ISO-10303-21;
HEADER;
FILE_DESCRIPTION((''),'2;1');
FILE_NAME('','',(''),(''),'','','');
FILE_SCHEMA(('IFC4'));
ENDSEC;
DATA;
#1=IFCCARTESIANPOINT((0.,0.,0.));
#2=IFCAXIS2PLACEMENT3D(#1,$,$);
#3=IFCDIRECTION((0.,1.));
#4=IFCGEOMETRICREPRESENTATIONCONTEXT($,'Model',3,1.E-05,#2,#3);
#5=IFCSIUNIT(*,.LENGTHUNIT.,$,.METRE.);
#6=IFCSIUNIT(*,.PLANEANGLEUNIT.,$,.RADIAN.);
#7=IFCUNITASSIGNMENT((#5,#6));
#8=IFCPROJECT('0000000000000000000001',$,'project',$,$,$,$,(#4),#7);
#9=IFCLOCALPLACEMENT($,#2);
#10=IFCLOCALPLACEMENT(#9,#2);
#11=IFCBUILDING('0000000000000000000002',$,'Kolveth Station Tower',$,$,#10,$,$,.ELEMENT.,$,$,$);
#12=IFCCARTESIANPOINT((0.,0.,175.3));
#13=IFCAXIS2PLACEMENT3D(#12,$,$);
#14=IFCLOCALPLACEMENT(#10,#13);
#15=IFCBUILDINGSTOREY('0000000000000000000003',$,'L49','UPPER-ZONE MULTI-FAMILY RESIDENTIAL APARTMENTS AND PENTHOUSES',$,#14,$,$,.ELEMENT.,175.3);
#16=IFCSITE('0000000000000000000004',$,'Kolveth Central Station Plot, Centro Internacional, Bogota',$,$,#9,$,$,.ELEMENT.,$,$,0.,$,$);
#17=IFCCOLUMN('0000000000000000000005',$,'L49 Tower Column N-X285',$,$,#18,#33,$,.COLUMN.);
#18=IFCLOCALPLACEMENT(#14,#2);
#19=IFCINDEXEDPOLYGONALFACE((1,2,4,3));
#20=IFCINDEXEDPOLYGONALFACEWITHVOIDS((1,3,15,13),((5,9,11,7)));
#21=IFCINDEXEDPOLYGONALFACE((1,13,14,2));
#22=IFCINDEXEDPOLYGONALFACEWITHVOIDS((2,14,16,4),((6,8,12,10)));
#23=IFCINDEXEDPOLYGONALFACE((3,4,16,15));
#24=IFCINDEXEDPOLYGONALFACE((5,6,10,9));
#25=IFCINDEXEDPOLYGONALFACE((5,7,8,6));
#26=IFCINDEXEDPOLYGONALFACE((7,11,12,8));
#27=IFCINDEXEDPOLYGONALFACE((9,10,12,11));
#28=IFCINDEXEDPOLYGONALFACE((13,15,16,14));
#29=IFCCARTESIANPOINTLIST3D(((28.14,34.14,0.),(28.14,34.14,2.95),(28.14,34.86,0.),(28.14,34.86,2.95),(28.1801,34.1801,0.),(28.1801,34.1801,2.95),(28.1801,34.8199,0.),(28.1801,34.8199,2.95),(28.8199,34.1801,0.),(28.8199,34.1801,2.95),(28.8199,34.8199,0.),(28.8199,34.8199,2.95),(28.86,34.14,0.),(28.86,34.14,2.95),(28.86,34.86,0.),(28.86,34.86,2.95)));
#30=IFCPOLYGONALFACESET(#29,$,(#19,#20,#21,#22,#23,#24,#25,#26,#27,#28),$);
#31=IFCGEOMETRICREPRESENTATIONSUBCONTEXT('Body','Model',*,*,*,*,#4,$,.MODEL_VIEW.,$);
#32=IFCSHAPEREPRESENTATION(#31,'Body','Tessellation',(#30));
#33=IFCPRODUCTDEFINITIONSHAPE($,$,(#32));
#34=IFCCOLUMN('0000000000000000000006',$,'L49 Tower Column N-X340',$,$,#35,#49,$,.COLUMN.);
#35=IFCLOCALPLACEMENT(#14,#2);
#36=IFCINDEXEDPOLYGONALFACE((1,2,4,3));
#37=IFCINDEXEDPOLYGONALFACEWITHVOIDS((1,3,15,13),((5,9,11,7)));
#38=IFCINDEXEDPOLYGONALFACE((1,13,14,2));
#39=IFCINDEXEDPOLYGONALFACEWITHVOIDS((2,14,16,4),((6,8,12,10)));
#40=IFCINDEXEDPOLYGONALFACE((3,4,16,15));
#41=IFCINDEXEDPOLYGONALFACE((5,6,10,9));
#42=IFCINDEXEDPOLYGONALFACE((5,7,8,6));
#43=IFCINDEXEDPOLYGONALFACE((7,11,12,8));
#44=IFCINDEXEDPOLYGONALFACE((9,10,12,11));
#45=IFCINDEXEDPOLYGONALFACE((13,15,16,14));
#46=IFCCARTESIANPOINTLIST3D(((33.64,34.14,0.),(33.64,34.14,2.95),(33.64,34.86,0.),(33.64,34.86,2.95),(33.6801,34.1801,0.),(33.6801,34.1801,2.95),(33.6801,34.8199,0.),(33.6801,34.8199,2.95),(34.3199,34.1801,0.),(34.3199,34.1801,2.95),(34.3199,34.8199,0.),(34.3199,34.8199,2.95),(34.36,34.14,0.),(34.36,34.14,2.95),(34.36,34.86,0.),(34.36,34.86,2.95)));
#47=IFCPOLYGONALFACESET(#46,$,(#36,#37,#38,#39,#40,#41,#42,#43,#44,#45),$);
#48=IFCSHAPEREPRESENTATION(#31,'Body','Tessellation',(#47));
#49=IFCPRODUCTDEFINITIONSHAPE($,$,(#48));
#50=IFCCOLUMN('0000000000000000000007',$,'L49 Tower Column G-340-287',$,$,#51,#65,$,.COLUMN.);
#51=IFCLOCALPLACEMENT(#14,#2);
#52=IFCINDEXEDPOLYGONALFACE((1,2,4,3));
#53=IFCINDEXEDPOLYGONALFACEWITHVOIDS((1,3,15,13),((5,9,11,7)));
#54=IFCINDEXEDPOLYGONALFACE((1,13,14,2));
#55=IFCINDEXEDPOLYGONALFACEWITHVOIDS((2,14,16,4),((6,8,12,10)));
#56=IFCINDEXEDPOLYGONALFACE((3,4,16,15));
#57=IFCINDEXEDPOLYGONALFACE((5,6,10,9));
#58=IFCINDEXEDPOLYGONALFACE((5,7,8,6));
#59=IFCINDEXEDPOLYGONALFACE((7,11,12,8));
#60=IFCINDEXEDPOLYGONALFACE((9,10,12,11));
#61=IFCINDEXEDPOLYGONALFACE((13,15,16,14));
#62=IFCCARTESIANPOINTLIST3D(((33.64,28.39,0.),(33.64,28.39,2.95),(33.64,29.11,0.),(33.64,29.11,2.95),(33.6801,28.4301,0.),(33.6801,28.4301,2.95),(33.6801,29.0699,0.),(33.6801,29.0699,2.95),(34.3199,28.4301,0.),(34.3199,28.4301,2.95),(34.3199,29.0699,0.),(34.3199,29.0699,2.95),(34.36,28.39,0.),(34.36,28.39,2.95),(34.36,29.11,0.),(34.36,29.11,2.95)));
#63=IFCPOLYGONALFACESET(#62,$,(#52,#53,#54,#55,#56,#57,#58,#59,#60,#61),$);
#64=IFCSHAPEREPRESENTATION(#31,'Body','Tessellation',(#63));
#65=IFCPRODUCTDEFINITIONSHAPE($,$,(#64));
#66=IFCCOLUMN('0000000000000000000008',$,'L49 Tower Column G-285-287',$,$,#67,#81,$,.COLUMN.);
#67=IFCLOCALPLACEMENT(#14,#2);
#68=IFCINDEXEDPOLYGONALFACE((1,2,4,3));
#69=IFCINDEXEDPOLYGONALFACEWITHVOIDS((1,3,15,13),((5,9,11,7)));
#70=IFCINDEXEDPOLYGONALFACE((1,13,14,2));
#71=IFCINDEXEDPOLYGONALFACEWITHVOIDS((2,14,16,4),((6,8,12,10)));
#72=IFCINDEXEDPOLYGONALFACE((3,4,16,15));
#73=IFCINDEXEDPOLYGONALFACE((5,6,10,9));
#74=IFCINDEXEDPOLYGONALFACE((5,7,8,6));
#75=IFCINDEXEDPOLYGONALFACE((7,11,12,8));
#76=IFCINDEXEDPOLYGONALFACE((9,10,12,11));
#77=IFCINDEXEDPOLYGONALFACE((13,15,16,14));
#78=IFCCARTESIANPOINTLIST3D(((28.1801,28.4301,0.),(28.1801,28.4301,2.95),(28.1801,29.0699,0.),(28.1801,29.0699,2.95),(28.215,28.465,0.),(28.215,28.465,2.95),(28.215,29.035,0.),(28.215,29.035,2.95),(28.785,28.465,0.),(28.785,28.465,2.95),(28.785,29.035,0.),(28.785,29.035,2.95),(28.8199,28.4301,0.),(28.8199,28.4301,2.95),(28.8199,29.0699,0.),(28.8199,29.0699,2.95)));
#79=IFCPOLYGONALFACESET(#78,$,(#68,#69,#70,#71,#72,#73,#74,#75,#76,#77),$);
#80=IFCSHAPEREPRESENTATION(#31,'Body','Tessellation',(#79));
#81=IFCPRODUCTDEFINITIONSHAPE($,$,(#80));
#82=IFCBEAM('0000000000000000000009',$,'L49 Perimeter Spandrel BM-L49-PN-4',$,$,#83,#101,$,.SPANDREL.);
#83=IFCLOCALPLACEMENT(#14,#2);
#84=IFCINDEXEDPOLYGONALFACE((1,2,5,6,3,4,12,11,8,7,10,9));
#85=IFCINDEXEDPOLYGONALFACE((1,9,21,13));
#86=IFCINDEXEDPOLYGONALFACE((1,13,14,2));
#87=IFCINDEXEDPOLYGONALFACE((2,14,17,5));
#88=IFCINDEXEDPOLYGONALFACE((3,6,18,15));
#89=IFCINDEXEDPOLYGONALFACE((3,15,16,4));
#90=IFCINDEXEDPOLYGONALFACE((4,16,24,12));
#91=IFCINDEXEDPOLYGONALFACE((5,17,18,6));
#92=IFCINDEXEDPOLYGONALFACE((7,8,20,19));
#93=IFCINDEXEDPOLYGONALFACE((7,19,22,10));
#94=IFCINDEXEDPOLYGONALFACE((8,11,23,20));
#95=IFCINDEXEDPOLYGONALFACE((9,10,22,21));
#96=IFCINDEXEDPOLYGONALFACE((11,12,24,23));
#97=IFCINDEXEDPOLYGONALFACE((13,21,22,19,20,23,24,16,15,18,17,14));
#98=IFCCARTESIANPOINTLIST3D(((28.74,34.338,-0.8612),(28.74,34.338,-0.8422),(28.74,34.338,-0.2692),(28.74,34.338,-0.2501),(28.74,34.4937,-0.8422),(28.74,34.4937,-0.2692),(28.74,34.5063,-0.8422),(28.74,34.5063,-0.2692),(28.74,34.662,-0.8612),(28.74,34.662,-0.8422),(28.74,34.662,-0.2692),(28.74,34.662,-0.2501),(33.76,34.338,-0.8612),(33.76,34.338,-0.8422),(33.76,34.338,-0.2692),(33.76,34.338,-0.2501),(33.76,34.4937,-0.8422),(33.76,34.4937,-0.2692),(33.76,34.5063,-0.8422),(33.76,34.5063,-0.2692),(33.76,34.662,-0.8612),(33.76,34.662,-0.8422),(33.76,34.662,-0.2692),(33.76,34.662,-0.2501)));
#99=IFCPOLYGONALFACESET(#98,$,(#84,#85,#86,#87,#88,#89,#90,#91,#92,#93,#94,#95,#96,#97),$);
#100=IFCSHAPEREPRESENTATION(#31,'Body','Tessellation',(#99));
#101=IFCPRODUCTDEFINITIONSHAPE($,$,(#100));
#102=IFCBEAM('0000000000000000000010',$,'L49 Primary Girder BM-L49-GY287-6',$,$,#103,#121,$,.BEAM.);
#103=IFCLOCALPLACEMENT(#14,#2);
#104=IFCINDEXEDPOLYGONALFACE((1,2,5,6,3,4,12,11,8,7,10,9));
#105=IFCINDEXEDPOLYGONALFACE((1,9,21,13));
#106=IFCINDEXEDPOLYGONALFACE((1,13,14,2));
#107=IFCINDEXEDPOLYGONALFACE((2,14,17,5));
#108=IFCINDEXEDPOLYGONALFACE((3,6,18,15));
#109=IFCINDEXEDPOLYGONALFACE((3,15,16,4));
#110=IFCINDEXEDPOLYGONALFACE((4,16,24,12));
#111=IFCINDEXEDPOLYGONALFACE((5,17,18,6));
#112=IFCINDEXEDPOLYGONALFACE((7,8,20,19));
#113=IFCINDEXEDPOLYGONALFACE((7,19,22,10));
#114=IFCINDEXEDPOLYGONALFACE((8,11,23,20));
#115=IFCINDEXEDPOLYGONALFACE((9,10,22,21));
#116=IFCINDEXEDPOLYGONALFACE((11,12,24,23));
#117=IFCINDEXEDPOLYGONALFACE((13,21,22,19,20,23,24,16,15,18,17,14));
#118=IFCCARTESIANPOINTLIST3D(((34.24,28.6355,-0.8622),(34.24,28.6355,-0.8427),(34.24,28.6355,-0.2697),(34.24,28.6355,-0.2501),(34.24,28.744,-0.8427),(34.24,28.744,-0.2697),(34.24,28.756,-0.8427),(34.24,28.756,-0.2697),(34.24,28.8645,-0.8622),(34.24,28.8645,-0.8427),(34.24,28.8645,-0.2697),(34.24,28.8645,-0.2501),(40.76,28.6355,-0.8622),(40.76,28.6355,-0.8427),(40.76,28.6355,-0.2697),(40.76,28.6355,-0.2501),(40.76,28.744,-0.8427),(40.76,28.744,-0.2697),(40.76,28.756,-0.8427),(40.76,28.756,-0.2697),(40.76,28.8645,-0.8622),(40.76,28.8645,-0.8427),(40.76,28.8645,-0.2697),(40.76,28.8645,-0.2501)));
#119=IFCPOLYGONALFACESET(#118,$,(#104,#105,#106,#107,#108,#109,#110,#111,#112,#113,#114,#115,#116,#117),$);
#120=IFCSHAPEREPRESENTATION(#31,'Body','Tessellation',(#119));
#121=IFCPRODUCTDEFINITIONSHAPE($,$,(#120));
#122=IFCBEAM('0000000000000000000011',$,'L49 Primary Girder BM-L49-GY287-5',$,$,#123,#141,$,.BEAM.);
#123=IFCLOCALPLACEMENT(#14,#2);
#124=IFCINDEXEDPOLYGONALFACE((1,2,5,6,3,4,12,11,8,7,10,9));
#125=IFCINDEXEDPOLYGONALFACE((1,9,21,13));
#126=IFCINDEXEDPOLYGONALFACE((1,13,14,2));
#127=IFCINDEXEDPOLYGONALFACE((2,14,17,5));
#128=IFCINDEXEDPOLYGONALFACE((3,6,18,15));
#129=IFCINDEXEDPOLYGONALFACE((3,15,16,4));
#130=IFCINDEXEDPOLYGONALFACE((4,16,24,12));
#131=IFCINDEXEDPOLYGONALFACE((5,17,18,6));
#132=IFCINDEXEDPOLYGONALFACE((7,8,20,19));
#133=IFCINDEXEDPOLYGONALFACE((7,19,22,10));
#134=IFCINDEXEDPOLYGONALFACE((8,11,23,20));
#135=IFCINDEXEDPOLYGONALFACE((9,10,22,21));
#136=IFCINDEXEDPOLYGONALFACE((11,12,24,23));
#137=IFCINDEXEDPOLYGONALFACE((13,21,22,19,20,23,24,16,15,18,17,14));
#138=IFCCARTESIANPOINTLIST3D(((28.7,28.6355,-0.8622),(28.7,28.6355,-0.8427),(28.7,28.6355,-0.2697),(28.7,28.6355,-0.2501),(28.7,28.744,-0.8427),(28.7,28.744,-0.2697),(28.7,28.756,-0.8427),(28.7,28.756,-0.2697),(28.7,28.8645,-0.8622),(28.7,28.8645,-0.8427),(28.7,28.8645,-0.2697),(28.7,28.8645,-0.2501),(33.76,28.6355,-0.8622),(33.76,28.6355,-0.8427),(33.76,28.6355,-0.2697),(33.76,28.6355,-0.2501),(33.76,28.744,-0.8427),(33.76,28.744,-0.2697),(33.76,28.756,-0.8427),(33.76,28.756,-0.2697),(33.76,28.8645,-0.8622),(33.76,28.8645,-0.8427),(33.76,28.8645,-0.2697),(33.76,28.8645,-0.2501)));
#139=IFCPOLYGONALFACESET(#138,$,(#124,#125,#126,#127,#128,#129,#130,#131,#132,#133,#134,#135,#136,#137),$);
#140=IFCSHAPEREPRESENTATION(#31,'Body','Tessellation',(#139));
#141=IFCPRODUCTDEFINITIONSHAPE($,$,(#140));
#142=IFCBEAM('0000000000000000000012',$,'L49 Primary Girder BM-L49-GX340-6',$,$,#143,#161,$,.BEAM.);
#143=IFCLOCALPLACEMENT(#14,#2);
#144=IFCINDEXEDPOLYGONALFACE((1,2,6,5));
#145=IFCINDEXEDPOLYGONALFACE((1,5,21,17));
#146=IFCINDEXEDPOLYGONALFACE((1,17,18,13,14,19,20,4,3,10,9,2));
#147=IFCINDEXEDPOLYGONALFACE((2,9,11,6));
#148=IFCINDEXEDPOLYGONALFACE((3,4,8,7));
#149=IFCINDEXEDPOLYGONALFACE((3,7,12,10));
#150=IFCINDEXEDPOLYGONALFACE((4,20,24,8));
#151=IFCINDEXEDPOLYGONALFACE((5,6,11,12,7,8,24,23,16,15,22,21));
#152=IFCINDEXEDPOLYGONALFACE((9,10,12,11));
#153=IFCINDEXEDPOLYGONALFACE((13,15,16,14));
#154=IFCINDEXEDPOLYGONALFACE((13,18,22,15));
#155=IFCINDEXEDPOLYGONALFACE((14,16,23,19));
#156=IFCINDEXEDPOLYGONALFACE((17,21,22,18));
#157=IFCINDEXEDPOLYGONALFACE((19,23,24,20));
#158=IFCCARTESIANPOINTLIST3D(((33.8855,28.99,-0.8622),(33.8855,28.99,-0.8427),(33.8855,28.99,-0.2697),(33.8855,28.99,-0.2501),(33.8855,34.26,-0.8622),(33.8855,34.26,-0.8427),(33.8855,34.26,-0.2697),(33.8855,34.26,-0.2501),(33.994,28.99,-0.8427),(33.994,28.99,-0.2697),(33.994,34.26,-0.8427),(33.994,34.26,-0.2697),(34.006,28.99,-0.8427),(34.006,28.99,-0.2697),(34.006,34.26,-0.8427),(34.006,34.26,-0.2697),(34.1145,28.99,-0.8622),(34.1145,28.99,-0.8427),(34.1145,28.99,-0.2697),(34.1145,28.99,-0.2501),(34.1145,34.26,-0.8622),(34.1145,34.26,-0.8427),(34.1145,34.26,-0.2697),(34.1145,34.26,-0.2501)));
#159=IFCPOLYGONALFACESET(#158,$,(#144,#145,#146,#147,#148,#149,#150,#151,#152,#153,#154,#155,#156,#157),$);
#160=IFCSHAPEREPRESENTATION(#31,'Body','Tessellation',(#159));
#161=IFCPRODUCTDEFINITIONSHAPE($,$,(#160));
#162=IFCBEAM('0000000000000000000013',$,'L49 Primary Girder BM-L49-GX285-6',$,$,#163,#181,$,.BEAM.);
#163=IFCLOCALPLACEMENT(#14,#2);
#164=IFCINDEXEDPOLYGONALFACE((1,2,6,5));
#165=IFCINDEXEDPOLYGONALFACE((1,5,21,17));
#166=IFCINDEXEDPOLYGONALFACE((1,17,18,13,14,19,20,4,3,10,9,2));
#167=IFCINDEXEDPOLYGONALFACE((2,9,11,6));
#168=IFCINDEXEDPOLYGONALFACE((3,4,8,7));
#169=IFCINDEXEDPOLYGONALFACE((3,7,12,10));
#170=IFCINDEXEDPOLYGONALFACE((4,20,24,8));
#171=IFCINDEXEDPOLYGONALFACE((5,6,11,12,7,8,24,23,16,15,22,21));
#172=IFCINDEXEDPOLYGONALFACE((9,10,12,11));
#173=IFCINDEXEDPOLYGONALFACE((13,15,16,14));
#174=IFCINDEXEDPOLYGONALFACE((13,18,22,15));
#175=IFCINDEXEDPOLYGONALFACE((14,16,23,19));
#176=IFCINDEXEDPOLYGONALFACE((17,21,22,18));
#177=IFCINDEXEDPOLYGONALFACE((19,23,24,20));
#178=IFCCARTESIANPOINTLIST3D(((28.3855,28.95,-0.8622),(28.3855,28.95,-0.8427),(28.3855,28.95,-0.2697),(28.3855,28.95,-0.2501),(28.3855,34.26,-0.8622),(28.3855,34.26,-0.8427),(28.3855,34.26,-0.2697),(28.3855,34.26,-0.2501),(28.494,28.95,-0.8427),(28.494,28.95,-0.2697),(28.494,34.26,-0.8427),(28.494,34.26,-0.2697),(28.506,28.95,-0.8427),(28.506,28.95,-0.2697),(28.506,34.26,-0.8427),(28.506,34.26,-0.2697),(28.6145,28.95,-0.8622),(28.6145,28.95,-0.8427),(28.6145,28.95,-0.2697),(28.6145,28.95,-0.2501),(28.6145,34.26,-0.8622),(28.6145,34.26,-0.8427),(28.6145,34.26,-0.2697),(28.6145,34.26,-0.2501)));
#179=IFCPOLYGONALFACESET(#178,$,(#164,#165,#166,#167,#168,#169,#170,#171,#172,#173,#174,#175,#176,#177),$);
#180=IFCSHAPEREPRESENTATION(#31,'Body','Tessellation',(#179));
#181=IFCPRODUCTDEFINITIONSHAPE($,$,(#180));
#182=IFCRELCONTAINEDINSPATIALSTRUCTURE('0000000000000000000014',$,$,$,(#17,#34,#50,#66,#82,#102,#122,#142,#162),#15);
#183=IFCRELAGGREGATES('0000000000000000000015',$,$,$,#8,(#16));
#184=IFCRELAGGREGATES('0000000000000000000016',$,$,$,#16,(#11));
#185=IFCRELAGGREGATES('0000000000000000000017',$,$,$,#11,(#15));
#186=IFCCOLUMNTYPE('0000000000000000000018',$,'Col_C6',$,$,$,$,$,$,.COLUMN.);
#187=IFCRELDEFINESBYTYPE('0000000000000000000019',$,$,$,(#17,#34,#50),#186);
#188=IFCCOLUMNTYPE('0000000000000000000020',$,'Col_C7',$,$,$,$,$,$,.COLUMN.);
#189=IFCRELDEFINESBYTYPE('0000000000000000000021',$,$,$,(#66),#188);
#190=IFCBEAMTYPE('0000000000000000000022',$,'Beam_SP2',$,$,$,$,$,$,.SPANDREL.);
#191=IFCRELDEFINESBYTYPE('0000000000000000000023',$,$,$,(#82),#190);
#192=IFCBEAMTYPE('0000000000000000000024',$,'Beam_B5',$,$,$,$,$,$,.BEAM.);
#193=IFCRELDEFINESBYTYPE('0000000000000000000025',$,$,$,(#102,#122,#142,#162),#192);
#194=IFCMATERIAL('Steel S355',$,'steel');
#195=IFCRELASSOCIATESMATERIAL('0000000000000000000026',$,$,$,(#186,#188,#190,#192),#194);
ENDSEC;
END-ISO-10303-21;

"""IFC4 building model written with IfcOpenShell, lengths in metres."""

from ifc_helpers import new_model, si_unit, direction, frame, origin, origin_2d, place, context, subcontext, project, spatial, hollow_rectangle, i_section, extrude, source, transform, mapped, material, material_profile, profile_set, type_object, element, save


model = new_model("IFC4")

# Units and contexts
model_context = context("Model", 3, precision=1e-05, world=origin(), true_north=direction((0.0, 1.0)))
body_context = subcontext(model_context, "Body", "Model", "MODEL_VIEW")
ifc_project = project(units=[si_unit("LENGTHUNIT", "METRE"), si_unit("PLANEANGLEUNIT", "RADIAN")], contexts=[model_context])

# Site, building, storey
site_placement = place(None, origin())
site = spatial("IfcSite", under=ifc_project, at=site_placement, Name="Kolveth Central Station Plot, Centro Internacional, Bogota", CompositionType="ELEMENT", RefElevation=0.0)
building_placement = place(site_placement, origin())
building = spatial("IfcBuilding", under=site, at=building_placement, Name="Kolveth Station Tower", CompositionType="ELEMENT")
storey_placement = place(building_placement, frame((0.0, 0.0, 175.3)))
storey = spatial("IfcBuildingStorey", under=building, at=storey_placement, Name="L49", Description="UPPER-ZONE MULTI-FAMILY RESIDENTIAL APARTMENTS AND PENTHOUSES", CompositionType="ELEMENT", Elevation=175.3)

# Columns
ifc_material_1 = material(Name="Steel S355", Category="steel")
ifc_material_profile_1 = material_profile(ifc_material_1, hollow_rectangle(XDim=0.72, YDim=0.72, WallThickness=0.04, at=origin_2d()), Name="BOX720x720x40")
ifc_profile_set_1 = profile_set([ifc_material_profile_1], Name="Steel S355")
column_type_1 = type_object("IfcColumnType", Name="Col_C6", PredefinedType="COLUMN", material=ifc_profile_set_1)
shared_shape_1 = source(origin(), body_context, "Body", "SweptSolid", [
    extrude(hollow_rectangle(XDim=0.72, YDim=0.72, WallThickness=0.04, at=origin_2d()), origin(), (0.0, 0.0, 1.0), 2.95),
])
for number, where, z_axis, x_axis, name in (
    (1, (28.5, 34.5, 0.0), (0.0, 0.0, 1.0), (1.0, 0.0, 0.0), "L49 Tower Column N-X285"),
    (2, (34.0, 34.5, 0.0), (0.0, 0.0, 1.0), (1.0, 0.0, 0.0), "L49 Tower Column N-X340"),
    (3, (34.0, 28.75, 0.0), (0.0, 0.0, 1.0), (1.0, 0.0, 0.0), "L49 Tower Column G-340-287"),
):
    element("IfcColumn", number, at=place(storey_placement, frame(where, z_axis=z_axis, x_axis=x_axis)), inside=storey, type_object=column_type_1, Name=name, PredefinedType="COLUMN", context=body_context, shape_type="MappedRepresentation", body=[
        mapped(shared_shape_1, transform((0.0, 0.0, 0.0), x_axis=(1.0, 0.0, 0.0), y_axis=(0.0, 1.0, 0.0), z_axis=(0.0, 0.0, 1.0), scale=1.0)),
    ])
ifc_material_profile_2 = material_profile(ifc_material_1, hollow_rectangle(XDim=0.6399, YDim=0.6399, WallThickness=0.0349, at=origin_2d()), Name="BOX640x640x35")
ifc_profile_set_2 = profile_set([ifc_material_profile_2], Name="Steel S355")
column_type_2 = type_object("IfcColumnType", Name="Col_C7", PredefinedType="COLUMN", material=ifc_profile_set_2)
shared_shape_2 = source(origin(), body_context, "Body", "SweptSolid", [
    extrude(hollow_rectangle(XDim=0.6399, YDim=0.6399, WallThickness=0.0349, at=origin_2d()), origin(), (0.0, 0.0, 1.0), 2.95),
])
column_placement = place(storey_placement, frame((28.5, 28.75, 0.0), z_axis=(0.0, 0.0, 1.0), x_axis=(1.0, 0.0, 0.0)))
element("IfcColumn", 4, at=column_placement, inside=storey, type_object=column_type_2, Name="L49 Tower Column G-285-287", PredefinedType="COLUMN", context=body_context, shape_type="MappedRepresentation", body=[
    mapped(shared_shape_2, transform((0.0, 0.0, 0.0), x_axis=(1.0, 0.0, 0.0), y_axis=(0.0, 1.0, 0.0), z_axis=(0.0, 0.0, 1.0), scale=1.0)),
])

# Beams
ifc_material_profile_3 = material_profile(ifc_material_1, i_section(OverallWidth=0.324, OverallDepth=0.6111, WebThickness=0.0127, FlangeThickness=0.019, at=origin_2d()), Name="W610x155")
ifc_profile_set_3 = profile_set([ifc_material_profile_3], Name="Steel S355")
beam_type_1 = type_object("IfcBeamType", Name="Beam_SP2", PredefinedType="SPANDREL", material=ifc_profile_set_3)
shared_shape_3 = source(origin(), body_context, "Body", "SweptSolid", [
    extrude(i_section(OverallWidth=0.324, OverallDepth=0.6111, WebThickness=0.0127, FlangeThickness=0.019, at=origin_2d()), origin(), (0.0, 0.0, 1.0), 5.02),
])
beam_1_placement = place(storey_placement, frame((28.74, 34.5, -0.5557), z_axis=(1.0, 0.0, 0.0), x_axis=(0.0, 1.0, 0.0)))
element("IfcBeam", 5, at=beam_1_placement, inside=storey, type_object=beam_type_1, Name="L49 Perimeter Spandrel BM-L49-PN-4", PredefinedType="SPANDREL", context=body_context, shape_type="MappedRepresentation", body=[
    mapped(shared_shape_3, transform((0.0, 0.0, 0.0), x_axis=(1.0, 0.0, 0.0), y_axis=(0.0, 1.0, 0.0), z_axis=(0.0, 0.0, 1.0), scale=1.0)),
])
ifc_material_profile_4 = material_profile(ifc_material_1, i_section(OverallWidth=0.229, OverallDepth=0.6121, WebThickness=0.012, FlangeThickness=0.0195, at=origin_2d()), Name="W610x125")
ifc_profile_set_4 = profile_set([ifc_material_profile_4], Name="Steel S355")
beam_type_2 = type_object("IfcBeamType", Name="Beam_B5", PredefinedType="BEAM", material=ifc_profile_set_4)
shared_shape_4 = source(origin(), body_context, "Body", "SweptSolid", [
    extrude(i_section(OverallWidth=0.229, OverallDepth=0.6121, WebThickness=0.012, FlangeThickness=0.0195, at=origin_2d()), origin(), (0.0, 0.0, 1.0), 6.52),
])
beam_2_placement = place(storey_placement, frame((34.24, 28.75, -0.5562), z_axis=(1.0, 0.0, 0.0), x_axis=(0.0, 1.0, 0.0)))
element("IfcBeam", 6, at=beam_2_placement, inside=storey, type_object=beam_type_2, Name="L49 Primary Girder BM-L49-GY287-6", PredefinedType="BEAM", context=body_context, shape_type="MappedRepresentation", body=[
    mapped(shared_shape_4, transform((0.0, 0.0, 0.0), x_axis=(1.0, 0.0, 0.0), y_axis=(0.0, 1.0, 0.0), z_axis=(0.0, 0.0, 1.0), scale=1.0)),
])
shared_shape_5 = source(origin(), body_context, "Body", "SweptSolid", [
    extrude(i_section(OverallWidth=0.229, OverallDepth=0.6121, WebThickness=0.012, FlangeThickness=0.0195, at=origin_2d()), origin(), (0.0, 0.0, 1.0), 5.0601),
])
beam_3_placement = place(storey_placement, frame((28.7, 28.75, -0.5562), z_axis=(1.0, 0.0, 0.0), x_axis=(0.0, 1.0, 0.0)))
element("IfcBeam", 7, at=beam_3_placement, inside=storey, type_object=beam_type_2, Name="L49 Primary Girder BM-L49-GY287-5", PredefinedType="BEAM", context=body_context, shape_type="MappedRepresentation", body=[
    mapped(shared_shape_5, transform((0.0, 0.0, 0.0), x_axis=(1.0, 0.0, 0.0), y_axis=(0.0, 1.0, 0.0), z_axis=(0.0, 0.0, 1.0), scale=1.0)),
])
shared_shape_6 = source(origin(), body_context, "Body", "SweptSolid", [
    extrude(i_section(OverallWidth=0.229, OverallDepth=0.6121, WebThickness=0.012, FlangeThickness=0.0195, at=origin_2d()), origin(), (0.0, 0.0, 1.0), 5.27),
])
beam_4_placement = place(storey_placement, frame((34.0, 28.99, -0.5562), z_axis=(0.0, 1.0, 0.0), x_axis=(-1.0, 0.0, 0.0)))
element("IfcBeam", 8, at=beam_4_placement, inside=storey, type_object=beam_type_2, Name="L49 Primary Girder BM-L49-GX340-6", PredefinedType="BEAM", context=body_context, shape_type="MappedRepresentation", body=[
    mapped(shared_shape_6, transform((0.0, 0.0, 0.0), x_axis=(1.0, 0.0, 0.0), y_axis=(0.0, 1.0, 0.0), z_axis=(0.0, 0.0, 1.0), scale=1.0)),
])
shared_shape_7 = source(origin(), body_context, "Body", "SweptSolid", [
    extrude(i_section(OverallWidth=0.229, OverallDepth=0.6121, WebThickness=0.012, FlangeThickness=0.0195, at=origin_2d()), origin(), (0.0, 0.0, 1.0), 5.3101),
])
beam_5_placement = place(storey_placement, frame((28.5, 28.95, -0.5562), z_axis=(0.0, 1.0, 0.0), x_axis=(-1.0, 0.0, 0.0)))
element("IfcBeam", 9, at=beam_5_placement, inside=storey, type_object=beam_type_2, Name="L49 Primary Girder BM-L49-GX285-6", PredefinedType="BEAM", context=body_context, shape_type="MappedRepresentation", body=[
    mapped(shared_shape_7, transform((0.0, 0.0, 0.0), x_axis=(1.0, 0.0, 0.0), y_axis=(0.0, 1.0, 0.0), z_axis=(0.0, 0.0, 1.0), scale=1.0)),
])

save(model, "model.ifc")
